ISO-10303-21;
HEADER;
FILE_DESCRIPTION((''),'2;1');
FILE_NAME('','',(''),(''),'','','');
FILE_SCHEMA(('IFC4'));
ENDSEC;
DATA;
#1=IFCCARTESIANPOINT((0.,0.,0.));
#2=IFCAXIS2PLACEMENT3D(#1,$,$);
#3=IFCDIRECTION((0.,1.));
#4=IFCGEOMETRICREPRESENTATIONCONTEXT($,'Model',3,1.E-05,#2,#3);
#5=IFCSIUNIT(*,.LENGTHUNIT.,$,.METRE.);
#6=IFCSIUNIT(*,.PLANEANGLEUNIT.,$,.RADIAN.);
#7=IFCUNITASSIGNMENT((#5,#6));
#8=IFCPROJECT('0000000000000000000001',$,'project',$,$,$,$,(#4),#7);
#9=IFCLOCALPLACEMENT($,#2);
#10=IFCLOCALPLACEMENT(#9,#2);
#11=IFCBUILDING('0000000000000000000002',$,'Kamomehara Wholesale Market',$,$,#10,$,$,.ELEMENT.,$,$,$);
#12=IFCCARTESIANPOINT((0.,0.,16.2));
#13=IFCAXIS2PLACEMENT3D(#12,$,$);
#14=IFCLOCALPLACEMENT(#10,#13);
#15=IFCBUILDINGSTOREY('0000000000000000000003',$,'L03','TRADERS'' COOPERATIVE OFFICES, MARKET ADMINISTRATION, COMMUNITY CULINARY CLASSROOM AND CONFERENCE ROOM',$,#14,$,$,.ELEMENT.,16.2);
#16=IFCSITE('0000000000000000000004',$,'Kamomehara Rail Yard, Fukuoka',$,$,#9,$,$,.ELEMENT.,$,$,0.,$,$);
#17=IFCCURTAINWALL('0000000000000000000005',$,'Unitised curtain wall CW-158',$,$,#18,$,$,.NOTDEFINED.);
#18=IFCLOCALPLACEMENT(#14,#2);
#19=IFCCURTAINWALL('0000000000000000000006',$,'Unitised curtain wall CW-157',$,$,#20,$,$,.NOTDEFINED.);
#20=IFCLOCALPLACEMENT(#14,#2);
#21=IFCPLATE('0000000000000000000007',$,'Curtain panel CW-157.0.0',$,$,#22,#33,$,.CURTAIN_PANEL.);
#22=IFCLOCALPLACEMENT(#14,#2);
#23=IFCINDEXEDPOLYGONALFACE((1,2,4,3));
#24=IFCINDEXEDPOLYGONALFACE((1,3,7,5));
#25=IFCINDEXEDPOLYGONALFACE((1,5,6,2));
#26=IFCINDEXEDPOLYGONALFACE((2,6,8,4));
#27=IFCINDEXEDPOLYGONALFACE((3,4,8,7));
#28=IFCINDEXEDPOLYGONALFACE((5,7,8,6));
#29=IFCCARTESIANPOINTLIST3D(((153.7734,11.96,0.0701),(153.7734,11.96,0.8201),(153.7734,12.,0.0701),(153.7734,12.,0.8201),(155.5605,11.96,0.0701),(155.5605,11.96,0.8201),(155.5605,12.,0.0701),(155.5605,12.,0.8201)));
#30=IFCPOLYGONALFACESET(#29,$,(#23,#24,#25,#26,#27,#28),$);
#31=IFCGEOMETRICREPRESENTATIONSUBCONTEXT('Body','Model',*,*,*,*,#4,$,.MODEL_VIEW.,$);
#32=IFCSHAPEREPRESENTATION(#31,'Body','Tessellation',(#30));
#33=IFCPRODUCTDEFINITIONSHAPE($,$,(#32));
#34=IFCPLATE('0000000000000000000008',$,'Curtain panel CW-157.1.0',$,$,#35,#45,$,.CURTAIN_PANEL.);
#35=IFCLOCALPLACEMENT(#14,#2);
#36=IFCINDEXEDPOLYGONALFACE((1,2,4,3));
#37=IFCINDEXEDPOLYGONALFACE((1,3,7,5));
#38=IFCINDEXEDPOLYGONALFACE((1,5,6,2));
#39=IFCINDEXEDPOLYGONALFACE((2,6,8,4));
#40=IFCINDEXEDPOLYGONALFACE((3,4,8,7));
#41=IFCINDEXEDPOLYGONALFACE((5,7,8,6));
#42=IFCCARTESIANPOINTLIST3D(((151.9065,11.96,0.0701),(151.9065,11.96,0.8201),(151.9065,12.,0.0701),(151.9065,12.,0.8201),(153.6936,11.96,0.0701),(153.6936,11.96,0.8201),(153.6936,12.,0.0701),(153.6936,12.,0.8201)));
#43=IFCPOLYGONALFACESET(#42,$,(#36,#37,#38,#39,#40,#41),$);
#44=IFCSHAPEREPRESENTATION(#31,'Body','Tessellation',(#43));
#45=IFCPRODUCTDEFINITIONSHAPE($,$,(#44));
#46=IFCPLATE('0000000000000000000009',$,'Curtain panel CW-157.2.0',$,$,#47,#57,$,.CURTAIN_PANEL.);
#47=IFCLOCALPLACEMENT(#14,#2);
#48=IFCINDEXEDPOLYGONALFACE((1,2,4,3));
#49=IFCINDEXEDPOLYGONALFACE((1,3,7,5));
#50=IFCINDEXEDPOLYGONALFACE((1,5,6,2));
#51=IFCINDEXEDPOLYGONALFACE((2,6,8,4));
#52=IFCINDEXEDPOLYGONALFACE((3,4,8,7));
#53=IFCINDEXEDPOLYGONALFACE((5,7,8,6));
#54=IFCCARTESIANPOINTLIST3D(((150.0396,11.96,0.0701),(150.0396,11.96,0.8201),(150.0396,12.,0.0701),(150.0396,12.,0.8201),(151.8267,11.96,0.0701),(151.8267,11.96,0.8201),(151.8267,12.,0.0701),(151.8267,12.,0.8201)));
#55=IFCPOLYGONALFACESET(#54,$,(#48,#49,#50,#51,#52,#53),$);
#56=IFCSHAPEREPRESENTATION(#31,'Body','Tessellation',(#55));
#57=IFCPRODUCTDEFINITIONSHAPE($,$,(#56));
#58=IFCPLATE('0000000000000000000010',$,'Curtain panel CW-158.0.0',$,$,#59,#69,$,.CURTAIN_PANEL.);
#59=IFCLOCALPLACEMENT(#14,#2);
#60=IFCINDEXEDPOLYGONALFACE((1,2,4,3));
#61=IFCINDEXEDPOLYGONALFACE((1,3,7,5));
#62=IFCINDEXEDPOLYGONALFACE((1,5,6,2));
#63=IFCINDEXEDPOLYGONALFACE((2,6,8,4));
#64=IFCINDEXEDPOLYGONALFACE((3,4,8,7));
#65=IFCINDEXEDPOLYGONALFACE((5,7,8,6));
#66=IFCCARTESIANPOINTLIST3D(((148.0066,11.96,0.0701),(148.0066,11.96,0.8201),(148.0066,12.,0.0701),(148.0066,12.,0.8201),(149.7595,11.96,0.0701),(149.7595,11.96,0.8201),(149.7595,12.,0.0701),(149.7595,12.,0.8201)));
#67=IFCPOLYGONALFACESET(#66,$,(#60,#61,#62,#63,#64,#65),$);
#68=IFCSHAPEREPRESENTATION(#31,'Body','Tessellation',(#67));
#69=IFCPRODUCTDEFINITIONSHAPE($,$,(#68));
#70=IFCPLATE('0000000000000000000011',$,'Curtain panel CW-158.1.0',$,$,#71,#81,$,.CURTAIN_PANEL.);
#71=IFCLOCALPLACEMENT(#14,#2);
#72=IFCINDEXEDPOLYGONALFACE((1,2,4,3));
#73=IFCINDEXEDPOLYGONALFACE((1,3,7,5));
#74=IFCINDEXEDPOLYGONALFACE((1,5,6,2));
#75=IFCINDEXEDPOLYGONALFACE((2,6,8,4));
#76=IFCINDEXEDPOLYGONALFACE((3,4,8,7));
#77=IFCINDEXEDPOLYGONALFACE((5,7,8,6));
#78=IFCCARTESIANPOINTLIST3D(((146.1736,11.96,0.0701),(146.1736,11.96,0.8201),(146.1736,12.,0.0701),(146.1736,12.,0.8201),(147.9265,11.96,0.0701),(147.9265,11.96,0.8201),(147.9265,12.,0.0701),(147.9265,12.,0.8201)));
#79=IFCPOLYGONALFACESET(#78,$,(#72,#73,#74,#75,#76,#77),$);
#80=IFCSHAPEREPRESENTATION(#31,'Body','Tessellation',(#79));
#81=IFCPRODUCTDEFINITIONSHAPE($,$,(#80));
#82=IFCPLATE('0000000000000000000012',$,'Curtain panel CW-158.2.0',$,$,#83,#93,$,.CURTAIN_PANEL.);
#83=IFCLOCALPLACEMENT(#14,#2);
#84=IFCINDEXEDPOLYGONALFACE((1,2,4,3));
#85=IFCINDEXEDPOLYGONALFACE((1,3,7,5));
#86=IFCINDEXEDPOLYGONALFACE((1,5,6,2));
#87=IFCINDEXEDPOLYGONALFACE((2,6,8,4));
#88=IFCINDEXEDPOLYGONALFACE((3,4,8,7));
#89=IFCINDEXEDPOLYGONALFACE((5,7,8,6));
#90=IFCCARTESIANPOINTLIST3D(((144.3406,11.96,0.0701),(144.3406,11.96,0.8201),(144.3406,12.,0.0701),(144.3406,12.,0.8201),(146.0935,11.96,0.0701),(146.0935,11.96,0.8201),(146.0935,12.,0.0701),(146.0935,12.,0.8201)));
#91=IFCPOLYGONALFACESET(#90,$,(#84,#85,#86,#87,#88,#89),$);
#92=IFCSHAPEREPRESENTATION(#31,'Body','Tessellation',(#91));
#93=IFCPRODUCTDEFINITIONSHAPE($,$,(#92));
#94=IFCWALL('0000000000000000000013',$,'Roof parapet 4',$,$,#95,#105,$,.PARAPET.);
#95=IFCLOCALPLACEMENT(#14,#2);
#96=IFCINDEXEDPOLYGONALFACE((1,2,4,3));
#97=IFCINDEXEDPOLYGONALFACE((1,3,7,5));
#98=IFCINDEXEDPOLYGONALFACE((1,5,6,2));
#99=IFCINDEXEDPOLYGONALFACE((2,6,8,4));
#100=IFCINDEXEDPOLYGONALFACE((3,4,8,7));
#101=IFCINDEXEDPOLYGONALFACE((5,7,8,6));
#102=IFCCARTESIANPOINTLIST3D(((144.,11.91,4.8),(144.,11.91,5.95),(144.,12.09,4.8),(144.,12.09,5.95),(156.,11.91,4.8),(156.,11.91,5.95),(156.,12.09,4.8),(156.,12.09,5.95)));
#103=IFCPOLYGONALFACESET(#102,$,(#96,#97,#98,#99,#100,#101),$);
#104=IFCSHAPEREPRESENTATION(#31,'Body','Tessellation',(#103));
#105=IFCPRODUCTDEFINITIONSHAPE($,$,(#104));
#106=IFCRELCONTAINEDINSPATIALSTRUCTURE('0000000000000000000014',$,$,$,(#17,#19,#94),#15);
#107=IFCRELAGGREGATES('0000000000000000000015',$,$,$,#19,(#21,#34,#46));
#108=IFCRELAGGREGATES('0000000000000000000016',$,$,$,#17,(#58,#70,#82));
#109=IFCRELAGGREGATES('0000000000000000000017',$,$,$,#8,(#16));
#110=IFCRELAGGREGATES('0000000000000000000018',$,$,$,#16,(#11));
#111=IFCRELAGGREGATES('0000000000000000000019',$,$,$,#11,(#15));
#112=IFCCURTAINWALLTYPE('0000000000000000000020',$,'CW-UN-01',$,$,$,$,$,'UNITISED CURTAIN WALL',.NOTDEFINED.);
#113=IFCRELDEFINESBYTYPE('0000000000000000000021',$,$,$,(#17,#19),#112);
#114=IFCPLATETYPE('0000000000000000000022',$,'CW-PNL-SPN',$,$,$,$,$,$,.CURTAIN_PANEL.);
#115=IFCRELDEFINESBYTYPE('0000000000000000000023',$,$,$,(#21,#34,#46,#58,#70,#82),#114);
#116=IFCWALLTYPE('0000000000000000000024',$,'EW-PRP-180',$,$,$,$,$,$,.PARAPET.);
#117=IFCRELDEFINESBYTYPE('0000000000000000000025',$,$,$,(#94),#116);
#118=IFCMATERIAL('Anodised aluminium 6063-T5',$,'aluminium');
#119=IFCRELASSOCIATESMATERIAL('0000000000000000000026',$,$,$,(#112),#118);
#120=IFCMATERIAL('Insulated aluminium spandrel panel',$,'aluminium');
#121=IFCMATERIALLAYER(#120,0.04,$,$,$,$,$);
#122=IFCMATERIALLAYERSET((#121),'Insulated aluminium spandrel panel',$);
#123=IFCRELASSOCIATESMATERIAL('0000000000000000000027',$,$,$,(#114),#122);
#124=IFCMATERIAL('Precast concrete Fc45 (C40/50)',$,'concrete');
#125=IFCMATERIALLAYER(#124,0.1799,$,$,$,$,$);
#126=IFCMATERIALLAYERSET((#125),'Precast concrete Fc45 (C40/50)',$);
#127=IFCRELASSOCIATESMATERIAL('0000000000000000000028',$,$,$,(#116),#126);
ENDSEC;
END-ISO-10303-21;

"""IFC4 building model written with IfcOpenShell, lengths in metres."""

from ifc_helpers import new_model, si_unit, direction, frame, frame_2d, origin, origin_2d, place, context, subcontext, project, spatial, rectangle, extrude, material, layer, layer_set, type_object, element, aggregate, save


model = new_model("IFC4")

# Units and contexts
model_context = context("Model", 3, precision=1e-05, world=origin(), true_north=direction((0.0, 1.0)))
body_context = subcontext(model_context, "Body", "Model", "MODEL_VIEW")
ifc_project = project(units=[si_unit("LENGTHUNIT", "METRE"), si_unit("PLANEANGLEUNIT", "RADIAN")], contexts=[model_context])

# Site, building, storey
site_placement = place(None, origin())
site = spatial("IfcSite", under=ifc_project, at=site_placement, Name="Kamomehara Rail Yard, Fukuoka", CompositionType="ELEMENT", RefElevation=0.0)
building_placement = place(site_placement, origin())
building = spatial("IfcBuilding", under=site, at=building_placement, Name="Kamomehara Wholesale Market", CompositionType="ELEMENT")
storey_placement = place(building_placement, frame((0.0, 0.0, 16.2)))
storey = spatial("IfcBuildingStorey", under=building, at=storey_placement, Name="L03", Description="TRADERS' COOPERATIVE OFFICES, MARKET ADMINISTRATION, COMMUNITY CULINARY CLASSROOM AND CONFERENCE ROOM", CompositionType="ELEMENT", Elevation=16.2)

# Shared definitions
ifc_material_1 = material(Name="Anodised aluminium 6063-T5", Category="aluminium")
curtain_wall_type = type_object("IfcCurtainWallType", Name="CW-UN-01", ElementType="UNITISED CURTAIN WALL", PredefinedType="NOTDEFINED", material=ifc_material_1)

# Curtain wall
curtain_wall_1_placement = place(storey_placement, origin())
curtain_wall_1 = element("IfcCurtainWall", 1, at=curtain_wall_1_placement, inside=storey, type_object=curtain_wall_type, Name="Unitised curtain wall CW-158", PredefinedType="NOTDEFINED")

# Curtain wall
curtain_wall_2_placement = place(storey_placement, origin())
curtain_wall_2 = element("IfcCurtainWall", 2, at=curtain_wall_2_placement, inside=storey, type_object=curtain_wall_type, Name="Unitised curtain wall CW-157", PredefinedType="NOTDEFINED")

# Plates
ifc_material_2 = material(Name="Insulated aluminium spandrel panel", Category="aluminium")
ifc_layer_1 = layer(ifc_material_2, 0.04)
ifc_layer_set_1 = layer_set([ifc_layer_1], Name="Insulated aluminium spandrel panel")
plate_type_1 = type_object("IfcPlateType", Name="CW-PNL-SPN", PredefinedType="CURTAIN_PANEL", material=ifc_layer_set_1)
plate_1_placement = place(storey_placement, frame((154.667, 11.98, 0.0701), z_axis=(0.0, 0.0, 1.0), x_axis=(-1.0, 0.0, 0.0)))
plate_1 = element("IfcPlate", 3, at=plate_1_placement, type_object=plate_type_1, Name="Curtain panel CW-157.0.0", PredefinedType="CURTAIN_PANEL", context=body_context, shape_type="SweptSolid", body=[
    extrude(rectangle(XDim=1.7871, YDim=0.04, at=origin_2d()), origin(), (0.0, 0.0, 1.0), 0.75),
])
plate_2_placement = place(storey_placement, frame((152.8, 11.98, 0.0701), z_axis=(0.0, 0.0, 1.0), x_axis=(-1.0, 0.0, 0.0)))
plate_2 = element("IfcPlate", 4, at=plate_2_placement, type_object=plate_type_1, Name="Curtain panel CW-157.1.0", PredefinedType="CURTAIN_PANEL", context=body_context, shape_type="SweptSolid", body=[
    extrude(rectangle(XDim=1.7871, YDim=0.04, at=origin_2d()), origin(), (0.0, 0.0, 1.0), 0.75),
])
plate_3_placement = place(storey_placement, frame((150.9331, 11.98, 0.0701), z_axis=(0.0, 0.0, 1.0), x_axis=(-1.0, 0.0, 0.0)))
plate_3 = element("IfcPlate", 5, at=plate_3_placement, type_object=plate_type_1, Name="Curtain panel CW-157.2.0", PredefinedType="CURTAIN_PANEL", context=body_context, shape_type="SweptSolid", body=[
    extrude(rectangle(XDim=1.7871, YDim=0.04, at=origin_2d()), origin(), (0.0, 0.0, 1.0), 0.75),
])
aggregate(curtain_wall_2, [plate_1, plate_2, plate_3])
plate_4_placement = place(storey_placement, frame((148.8831, 11.98, 0.0701), z_axis=(0.0, 0.0, 1.0), x_axis=(-1.0, 0.0, 0.0)))
plate_4 = element("IfcPlate", 6, at=plate_4_placement, type_object=plate_type_1, Name="Curtain panel CW-158.0.0", PredefinedType="CURTAIN_PANEL", context=body_context, shape_type="SweptSolid", body=[
    extrude(rectangle(XDim=1.7529, YDim=0.04, at=origin_2d()), origin(), (0.0, 0.0, 1.0), 0.75),
])
plate_5_placement = place(storey_placement, frame((147.05, 11.98, 0.0701), z_axis=(0.0, 0.0, 1.0), x_axis=(-1.0, 0.0, 0.0)))
plate_5 = element("IfcPlate", 7, at=plate_5_placement, type_object=plate_type_1, Name="Curtain panel CW-158.1.0", PredefinedType="CURTAIN_PANEL", context=body_context, shape_type="SweptSolid", body=[
    extrude(rectangle(XDim=1.7529, YDim=0.04, at=origin_2d()), origin(), (0.0, 0.0, 1.0), 0.75),
])
plate_6_placement = place(storey_placement, frame((145.217, 11.98, 0.0701), z_axis=(0.0, 0.0, 1.0), x_axis=(-1.0, 0.0, 0.0)))
plate_6 = element("IfcPlate", 8, at=plate_6_placement, type_object=plate_type_1, Name="Curtain panel CW-158.2.0", PredefinedType="CURTAIN_PANEL", context=body_context, shape_type="SweptSolid", body=[
    extrude(rectangle(XDim=1.7529, YDim=0.04, at=origin_2d()), origin(), (0.0, 0.0, 1.0), 0.75),
])
aggregate(curtain_wall_1, [plate_4, plate_5, plate_6])

# Wall
ifc_material_3 = material(Name="Precast concrete Fc45 (C40/50)", Category="concrete")
ifc_layer_2 = layer(ifc_material_3, 0.1799)
ifc_layer_set_2 = layer_set([ifc_layer_2], Name="Precast concrete Fc45 (C40/50)")
wall_type = type_object("IfcWallType", Name="EW-PRP-180", PredefinedType="PARAPET", material=ifc_layer_set_2)
wall_placement = place(storey_placement, frame((144.0, 12.0, 4.8), z_axis=(0.0, 0.0, 1.0), x_axis=(1.0, 0.0, 0.0)))
element("IfcWall", 9, at=wall_placement, inside=storey, type_object=wall_type, Name="Roof parapet 4", PredefinedType="PARAPET", context=body_context, shape_type="SweptSolid", body=[
    extrude(rectangle(XDim=12.0, YDim=0.1799, at=frame_2d((6.0, 0.0))), origin(), (0.0, 0.0, 1.0), 1.1499),
])

save(model, "model.ifc")
